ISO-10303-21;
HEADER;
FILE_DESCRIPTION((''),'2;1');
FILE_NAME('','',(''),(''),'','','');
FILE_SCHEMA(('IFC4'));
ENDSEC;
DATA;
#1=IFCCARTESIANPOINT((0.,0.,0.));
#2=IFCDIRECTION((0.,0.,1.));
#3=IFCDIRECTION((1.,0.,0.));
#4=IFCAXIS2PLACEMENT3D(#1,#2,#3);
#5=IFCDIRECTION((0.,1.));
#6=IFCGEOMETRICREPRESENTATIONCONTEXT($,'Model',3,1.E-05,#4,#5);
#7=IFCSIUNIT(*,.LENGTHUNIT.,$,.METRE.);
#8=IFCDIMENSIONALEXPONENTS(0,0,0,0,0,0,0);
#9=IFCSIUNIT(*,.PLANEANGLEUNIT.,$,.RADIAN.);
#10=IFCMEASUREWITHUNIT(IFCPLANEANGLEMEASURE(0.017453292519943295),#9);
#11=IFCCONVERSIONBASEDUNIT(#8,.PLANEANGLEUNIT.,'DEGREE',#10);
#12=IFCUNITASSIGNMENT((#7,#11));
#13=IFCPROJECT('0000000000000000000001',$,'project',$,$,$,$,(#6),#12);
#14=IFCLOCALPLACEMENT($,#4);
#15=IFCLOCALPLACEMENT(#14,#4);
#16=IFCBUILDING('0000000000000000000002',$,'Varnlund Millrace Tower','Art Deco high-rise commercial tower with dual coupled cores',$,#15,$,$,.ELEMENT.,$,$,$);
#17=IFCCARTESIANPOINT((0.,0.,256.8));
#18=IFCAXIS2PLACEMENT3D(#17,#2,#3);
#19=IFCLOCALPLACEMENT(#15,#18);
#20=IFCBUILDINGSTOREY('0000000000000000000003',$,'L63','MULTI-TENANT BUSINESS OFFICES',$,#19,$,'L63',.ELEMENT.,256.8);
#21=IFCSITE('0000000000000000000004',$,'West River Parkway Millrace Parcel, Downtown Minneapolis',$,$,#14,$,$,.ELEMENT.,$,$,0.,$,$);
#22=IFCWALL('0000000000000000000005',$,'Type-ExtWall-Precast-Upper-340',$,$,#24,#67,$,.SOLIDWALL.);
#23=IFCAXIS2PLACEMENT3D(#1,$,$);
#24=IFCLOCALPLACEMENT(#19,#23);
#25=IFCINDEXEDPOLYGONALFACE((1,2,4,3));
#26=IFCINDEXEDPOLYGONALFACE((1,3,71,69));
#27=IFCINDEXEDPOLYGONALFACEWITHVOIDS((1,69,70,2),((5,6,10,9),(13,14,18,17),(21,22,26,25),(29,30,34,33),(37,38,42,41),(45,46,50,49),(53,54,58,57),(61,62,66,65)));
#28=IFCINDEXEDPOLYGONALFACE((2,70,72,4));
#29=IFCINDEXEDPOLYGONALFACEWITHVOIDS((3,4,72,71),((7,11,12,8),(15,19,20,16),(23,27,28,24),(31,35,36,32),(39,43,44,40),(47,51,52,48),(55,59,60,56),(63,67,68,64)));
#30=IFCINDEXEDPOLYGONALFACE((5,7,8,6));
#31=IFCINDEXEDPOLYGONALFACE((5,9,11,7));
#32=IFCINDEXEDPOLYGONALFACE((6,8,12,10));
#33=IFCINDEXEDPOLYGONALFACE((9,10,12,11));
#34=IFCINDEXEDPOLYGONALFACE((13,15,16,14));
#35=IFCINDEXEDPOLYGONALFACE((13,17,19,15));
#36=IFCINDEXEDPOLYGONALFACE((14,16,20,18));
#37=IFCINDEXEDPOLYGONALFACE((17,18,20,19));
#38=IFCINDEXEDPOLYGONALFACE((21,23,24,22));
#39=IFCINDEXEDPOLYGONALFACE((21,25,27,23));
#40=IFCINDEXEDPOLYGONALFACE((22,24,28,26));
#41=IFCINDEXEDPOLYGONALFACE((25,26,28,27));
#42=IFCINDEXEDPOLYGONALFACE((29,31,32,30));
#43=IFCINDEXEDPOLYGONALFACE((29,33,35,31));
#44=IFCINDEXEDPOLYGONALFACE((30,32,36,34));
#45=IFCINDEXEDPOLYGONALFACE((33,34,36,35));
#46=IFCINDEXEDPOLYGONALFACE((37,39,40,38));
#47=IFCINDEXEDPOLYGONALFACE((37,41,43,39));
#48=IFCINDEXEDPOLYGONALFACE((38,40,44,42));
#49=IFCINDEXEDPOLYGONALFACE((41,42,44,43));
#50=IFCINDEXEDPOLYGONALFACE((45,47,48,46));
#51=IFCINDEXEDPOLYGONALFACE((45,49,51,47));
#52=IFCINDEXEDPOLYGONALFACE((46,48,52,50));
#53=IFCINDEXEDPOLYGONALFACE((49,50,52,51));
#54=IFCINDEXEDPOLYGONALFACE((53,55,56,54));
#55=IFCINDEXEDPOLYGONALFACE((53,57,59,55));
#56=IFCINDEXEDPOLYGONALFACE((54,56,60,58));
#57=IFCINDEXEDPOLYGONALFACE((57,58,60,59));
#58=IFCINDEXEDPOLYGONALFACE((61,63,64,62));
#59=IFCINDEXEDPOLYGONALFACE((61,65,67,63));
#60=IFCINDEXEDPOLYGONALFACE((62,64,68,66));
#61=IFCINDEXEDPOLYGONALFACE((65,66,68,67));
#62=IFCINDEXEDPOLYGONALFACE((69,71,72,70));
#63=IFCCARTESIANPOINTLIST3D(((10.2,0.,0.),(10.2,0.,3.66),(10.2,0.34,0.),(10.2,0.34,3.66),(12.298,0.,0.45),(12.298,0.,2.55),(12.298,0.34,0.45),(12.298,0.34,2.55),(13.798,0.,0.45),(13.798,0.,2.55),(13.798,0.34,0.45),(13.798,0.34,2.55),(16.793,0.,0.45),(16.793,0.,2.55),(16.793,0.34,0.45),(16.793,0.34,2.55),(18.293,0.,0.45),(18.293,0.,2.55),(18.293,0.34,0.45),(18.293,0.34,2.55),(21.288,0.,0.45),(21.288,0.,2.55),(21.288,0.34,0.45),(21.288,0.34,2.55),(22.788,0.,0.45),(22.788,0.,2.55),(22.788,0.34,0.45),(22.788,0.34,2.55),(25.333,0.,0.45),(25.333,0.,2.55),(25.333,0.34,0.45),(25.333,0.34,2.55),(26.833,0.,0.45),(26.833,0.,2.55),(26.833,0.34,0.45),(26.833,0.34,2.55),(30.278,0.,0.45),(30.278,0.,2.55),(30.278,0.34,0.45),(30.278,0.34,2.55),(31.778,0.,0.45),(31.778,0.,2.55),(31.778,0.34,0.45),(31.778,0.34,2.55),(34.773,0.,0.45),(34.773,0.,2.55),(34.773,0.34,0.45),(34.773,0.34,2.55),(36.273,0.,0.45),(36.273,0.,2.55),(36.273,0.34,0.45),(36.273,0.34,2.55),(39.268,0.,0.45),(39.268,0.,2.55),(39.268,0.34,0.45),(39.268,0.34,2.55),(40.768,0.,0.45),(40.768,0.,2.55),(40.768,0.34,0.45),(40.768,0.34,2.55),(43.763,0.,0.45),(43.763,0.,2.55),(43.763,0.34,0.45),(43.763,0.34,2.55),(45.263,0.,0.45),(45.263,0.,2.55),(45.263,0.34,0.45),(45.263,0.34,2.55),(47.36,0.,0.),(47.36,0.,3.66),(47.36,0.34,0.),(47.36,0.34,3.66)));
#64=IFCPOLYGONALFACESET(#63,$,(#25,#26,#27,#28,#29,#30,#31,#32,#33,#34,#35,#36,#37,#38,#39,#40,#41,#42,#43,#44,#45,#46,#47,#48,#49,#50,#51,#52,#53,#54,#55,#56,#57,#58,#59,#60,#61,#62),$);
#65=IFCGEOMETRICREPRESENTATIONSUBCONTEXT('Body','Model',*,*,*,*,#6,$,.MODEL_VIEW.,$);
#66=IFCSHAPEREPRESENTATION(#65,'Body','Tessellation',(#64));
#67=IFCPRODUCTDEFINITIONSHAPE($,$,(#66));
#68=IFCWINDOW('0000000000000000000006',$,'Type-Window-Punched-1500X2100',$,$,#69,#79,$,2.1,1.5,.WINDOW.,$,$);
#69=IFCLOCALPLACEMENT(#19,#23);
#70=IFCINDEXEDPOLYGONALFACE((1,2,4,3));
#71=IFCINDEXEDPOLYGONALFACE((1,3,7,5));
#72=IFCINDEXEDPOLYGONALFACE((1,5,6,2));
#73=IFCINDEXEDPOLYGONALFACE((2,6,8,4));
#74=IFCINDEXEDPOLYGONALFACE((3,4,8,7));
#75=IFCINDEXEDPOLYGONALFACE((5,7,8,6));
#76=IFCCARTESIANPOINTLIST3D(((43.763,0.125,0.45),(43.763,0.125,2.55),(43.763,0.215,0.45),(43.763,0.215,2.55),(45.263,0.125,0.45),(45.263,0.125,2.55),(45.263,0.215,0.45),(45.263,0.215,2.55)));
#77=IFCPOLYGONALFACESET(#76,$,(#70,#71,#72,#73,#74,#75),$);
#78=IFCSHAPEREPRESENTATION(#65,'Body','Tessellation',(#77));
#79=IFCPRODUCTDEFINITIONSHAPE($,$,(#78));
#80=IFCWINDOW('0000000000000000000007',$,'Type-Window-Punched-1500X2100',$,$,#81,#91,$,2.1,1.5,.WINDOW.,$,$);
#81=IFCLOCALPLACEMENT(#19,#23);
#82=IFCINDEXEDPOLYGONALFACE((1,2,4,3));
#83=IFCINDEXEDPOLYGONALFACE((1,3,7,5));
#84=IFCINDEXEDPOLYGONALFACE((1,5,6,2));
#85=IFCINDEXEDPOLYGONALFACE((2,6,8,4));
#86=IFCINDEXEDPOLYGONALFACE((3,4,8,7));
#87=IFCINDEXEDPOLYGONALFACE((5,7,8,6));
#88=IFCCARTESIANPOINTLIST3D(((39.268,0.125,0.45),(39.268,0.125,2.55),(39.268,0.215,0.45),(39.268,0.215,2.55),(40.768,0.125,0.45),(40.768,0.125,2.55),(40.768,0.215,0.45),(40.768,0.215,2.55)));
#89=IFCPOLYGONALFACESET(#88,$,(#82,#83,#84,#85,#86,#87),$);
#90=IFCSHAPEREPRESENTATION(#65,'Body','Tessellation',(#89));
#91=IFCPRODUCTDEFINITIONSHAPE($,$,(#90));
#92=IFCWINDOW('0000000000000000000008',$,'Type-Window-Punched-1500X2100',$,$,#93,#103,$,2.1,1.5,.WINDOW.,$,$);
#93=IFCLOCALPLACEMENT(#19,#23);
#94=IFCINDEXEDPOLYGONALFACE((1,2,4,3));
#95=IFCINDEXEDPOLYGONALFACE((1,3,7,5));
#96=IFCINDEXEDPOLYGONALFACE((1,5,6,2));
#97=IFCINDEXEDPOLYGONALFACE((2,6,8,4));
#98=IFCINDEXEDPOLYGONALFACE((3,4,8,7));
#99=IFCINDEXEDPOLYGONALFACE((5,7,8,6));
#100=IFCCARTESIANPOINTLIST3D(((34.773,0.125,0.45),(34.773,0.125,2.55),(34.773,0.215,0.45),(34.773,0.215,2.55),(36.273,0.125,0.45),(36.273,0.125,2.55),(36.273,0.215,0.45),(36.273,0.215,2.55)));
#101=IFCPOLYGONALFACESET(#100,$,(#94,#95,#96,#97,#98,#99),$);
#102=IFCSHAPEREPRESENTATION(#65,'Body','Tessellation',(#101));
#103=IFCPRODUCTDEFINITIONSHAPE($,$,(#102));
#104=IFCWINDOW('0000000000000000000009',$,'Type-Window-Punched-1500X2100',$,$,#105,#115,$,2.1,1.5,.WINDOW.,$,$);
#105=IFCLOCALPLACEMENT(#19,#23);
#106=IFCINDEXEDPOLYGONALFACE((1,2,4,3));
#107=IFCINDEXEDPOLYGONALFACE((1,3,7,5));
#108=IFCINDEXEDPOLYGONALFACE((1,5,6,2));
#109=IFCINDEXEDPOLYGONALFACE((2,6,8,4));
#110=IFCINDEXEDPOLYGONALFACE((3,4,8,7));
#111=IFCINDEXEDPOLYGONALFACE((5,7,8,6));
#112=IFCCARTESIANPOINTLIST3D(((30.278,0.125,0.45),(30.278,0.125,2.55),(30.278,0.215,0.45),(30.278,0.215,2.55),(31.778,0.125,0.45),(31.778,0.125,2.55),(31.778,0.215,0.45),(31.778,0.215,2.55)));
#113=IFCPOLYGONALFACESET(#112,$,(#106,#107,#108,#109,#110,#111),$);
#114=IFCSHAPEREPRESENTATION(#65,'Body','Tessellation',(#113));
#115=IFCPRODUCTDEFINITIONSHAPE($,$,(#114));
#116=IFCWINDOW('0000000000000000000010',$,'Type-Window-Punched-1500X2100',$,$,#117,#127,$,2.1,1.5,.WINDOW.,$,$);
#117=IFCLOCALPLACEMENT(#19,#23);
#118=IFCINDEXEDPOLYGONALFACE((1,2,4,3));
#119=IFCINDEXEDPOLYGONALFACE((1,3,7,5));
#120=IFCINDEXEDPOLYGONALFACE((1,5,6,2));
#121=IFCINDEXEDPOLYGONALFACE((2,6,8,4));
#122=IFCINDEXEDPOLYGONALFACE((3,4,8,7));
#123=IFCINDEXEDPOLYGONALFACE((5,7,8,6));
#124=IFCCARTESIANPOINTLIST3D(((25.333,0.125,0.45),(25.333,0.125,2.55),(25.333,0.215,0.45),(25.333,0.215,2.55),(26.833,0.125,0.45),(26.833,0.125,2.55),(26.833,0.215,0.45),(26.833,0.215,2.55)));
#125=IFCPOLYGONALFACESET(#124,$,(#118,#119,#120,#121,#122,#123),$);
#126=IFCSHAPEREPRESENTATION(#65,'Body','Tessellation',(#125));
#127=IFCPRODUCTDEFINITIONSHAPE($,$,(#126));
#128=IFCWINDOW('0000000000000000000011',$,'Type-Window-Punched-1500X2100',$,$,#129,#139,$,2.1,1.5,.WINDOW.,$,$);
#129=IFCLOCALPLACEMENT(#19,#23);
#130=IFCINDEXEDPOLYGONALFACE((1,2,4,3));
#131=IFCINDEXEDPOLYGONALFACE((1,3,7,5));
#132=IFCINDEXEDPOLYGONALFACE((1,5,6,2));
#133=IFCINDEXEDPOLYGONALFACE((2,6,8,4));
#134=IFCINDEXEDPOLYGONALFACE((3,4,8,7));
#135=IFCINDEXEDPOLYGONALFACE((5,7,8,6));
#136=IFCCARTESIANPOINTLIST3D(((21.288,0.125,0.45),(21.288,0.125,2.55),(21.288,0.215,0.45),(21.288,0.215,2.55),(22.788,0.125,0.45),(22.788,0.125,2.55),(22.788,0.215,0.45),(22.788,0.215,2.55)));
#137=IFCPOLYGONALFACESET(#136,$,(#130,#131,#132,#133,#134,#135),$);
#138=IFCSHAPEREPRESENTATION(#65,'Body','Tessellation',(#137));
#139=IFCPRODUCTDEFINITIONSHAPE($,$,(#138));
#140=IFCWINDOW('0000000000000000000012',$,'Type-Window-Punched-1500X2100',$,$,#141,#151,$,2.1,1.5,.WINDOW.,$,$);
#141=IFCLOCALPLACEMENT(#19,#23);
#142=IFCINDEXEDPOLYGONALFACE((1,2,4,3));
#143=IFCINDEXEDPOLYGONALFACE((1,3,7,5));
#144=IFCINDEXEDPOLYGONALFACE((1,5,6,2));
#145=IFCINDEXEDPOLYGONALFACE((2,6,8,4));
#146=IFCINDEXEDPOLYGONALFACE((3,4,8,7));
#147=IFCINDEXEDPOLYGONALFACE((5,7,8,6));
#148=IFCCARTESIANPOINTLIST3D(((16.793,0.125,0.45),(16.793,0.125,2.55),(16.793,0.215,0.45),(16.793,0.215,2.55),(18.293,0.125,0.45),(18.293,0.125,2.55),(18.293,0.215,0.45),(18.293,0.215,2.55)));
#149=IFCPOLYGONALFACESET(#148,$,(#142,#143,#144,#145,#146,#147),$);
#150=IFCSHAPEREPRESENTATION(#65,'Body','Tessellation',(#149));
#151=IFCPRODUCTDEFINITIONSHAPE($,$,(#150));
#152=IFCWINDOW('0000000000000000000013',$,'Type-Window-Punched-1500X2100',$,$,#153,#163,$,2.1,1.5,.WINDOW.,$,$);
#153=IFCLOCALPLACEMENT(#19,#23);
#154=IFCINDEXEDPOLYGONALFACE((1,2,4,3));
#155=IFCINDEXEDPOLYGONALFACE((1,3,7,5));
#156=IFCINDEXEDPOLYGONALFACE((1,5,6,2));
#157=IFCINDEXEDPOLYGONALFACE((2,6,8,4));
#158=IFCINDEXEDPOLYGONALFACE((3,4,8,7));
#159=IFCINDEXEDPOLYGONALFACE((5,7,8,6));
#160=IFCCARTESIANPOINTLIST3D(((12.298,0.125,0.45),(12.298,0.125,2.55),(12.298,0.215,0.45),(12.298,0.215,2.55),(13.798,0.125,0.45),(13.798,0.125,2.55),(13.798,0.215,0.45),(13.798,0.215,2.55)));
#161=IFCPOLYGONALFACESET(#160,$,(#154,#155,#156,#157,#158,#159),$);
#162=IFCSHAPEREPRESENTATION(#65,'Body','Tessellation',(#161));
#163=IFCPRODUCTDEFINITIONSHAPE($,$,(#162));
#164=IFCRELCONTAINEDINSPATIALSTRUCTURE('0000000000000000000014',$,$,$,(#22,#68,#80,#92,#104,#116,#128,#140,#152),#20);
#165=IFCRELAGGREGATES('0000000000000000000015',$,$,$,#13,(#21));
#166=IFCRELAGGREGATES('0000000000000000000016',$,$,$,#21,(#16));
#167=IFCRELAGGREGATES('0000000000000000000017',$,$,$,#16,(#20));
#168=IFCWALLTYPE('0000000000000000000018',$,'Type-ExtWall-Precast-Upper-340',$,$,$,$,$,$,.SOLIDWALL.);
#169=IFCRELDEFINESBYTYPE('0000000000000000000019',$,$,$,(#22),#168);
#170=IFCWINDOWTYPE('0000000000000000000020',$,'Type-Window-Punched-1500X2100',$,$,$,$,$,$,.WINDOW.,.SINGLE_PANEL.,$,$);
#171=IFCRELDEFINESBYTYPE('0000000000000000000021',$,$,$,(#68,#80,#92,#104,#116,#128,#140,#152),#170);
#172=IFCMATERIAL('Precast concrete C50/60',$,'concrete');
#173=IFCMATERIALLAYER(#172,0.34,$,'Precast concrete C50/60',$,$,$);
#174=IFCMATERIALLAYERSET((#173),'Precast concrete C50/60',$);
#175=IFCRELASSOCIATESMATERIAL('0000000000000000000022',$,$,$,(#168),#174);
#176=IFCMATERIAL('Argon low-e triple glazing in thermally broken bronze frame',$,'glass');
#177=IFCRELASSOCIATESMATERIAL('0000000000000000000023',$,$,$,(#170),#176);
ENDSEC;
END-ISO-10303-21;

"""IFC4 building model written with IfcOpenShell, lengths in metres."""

from ifc_helpers import new_model, entity, si_unit, converted_unit, direction, frame, origin_with_axes, origin_2d_with_axis, place, context, subcontext, project, spatial, polyline, rectangle, outline, extrude, material, layer, layer_set, type_object, element, fill, save


model = new_model("IFC4")

# Units and contexts
model_context = context("Model", 3, precision=1e-05, world=origin_with_axes(), true_north=direction((0.0, 1.0)))
body_context = subcontext(model_context, "Body", "Model", "MODEL_VIEW")
ifc_project = project(units=[si_unit("LENGTHUNIT", "METRE"), converted_unit("PLANEANGLEUNIT", "DEGREE", entity("IfcPlaneAngleMeasure", 0.017453292519943295), si_unit("PLANEANGLEUNIT", "RADIAN"), dimensions=[0, 0, 0, 0, 0, 0, 0])], contexts=[model_context])

# Site, building, storey
site_placement = place(None, origin_with_axes())
site = spatial("IfcSite", under=ifc_project, at=site_placement, Name="West River Parkway Millrace Parcel, Downtown Minneapolis", CompositionType="ELEMENT", RefElevation=0.0)
building_placement = place(site_placement, origin_with_axes())
building = spatial("IfcBuilding", under=site, at=building_placement, Name="Varnlund Millrace Tower", Description="Art Deco high-rise commercial tower with dual coupled cores", CompositionType="ELEMENT")
storey_placement = place(building_placement, frame((0.0, 0.0, 256.8), z_axis=(0.0, 0.0, 1.0), x_axis=(1.0, 0.0, 0.0)))
storey = spatial("IfcBuildingStorey", under=building, at=storey_placement, Name="L63", Description="MULTI-TENANT BUSINESS OFFICES", LongName="L63", CompositionType="ELEMENT", Elevation=256.8)

# Shared definitions
ifc_material_1 = material(Name="Precast concrete C50/60", Category="concrete")
ifc_layer_1 = layer(ifc_material_1, 0.34, Name="Precast concrete C50/60")
ifc_layer_set_1 = layer_set([ifc_layer_1], Name="Precast concrete C50/60")
wall_type_1 = type_object("IfcWallType", Name="Type-ExtWall-Precast-Upper-340", PredefinedType="SOLIDWALL", material=ifc_layer_set_1)

# Wall, openings, windows
wall_1_placement = place(storey_placement, frame((47.36, 0.17, 0.0), z_axis=(0.0, 0.0, 1.0), x_axis=(-1.0, 0.0, 0.0)))
wall_1 = element("IfcWall", 1, at=wall_1_placement, inside=storey, type_object=wall_type_1, Name="Type-ExtWall-Precast-Upper-340", PredefinedType="SOLIDWALL", context=body_context, shape_type="SweptSolid", body=[
    extrude(outline(polyline([(0.0, -0.17), (37.16, -0.17), (37.16, 0.17), (0.0, 0.17), (0.0, -0.17)])), origin_with_axes(), (0.0, 0.0, 1.0), 3.66),
])
opening_1_placement = place(wall_1_placement, frame((2.847, 0.0, 0.45), z_axis=(0.0, 0.0, 1.0), x_axis=(1.0, 0.0, 0.0)))
opening_1 = element("IfcOpeningElement", 2, at=opening_1_placement, cuts=wall_1, PredefinedType="OPENING", context=body_context, shape_type="SweptSolid", body=[
    extrude(rectangle(XDim=1.5, YDim=0.36, at=origin_2d_with_axis()), origin_with_axes(), (0.0, 0.0, 1.0), 2.1),
])
opening_2_placement = place(wall_1_placement, frame((7.342, 0.0, 0.45), z_axis=(0.0, 0.0, 1.0), x_axis=(1.0, 0.0, 0.0)))
opening_2 = element("IfcOpeningElement", 3, at=opening_2_placement, cuts=wall_1, PredefinedType="OPENING", context=body_context, shape_type="SweptSolid", body=[
    extrude(rectangle(XDim=1.5, YDim=0.36, at=origin_2d_with_axis()), origin_with_axes(), (0.0, 0.0, 1.0), 2.1),
])
opening_3_placement = place(wall_1_placement, frame((11.837, 0.0, 0.45), z_axis=(0.0, 0.0, 1.0), x_axis=(1.0, 0.0, 0.0)))
opening_3 = element("IfcOpeningElement", 4, at=opening_3_placement, cuts=wall_1, PredefinedType="OPENING", context=body_context, shape_type="SweptSolid", body=[
    extrude(rectangle(XDim=1.5, YDim=0.36, at=origin_2d_with_axis()), origin_with_axes(), (0.0, 0.0, 1.0), 2.1),
])
opening_4_placement = place(wall_1_placement, frame((16.332, 0.0, 0.45), z_axis=(0.0, 0.0, 1.0), x_axis=(1.0, 0.0, 0.0)))
opening_4 = element("IfcOpeningElement", 5, at=opening_4_placement, cuts=wall_1, PredefinedType="OPENING", context=body_context, shape_type="SweptSolid", body=[
    extrude(rectangle(XDim=1.5, YDim=0.36, at=origin_2d_with_axis()), origin_with_axes(), (0.0, 0.0, 1.0), 2.1),
])
opening_5_placement = place(wall_1_placement, frame((21.277, 0.0, 0.45), z_axis=(0.0, 0.0, 1.0), x_axis=(1.0, 0.0, 0.0)))
opening_5 = element("IfcOpeningElement", 6, at=opening_5_placement, cuts=wall_1, PredefinedType="OPENING", context=body_context, shape_type="SweptSolid", body=[
    extrude(rectangle(XDim=1.5, YDim=0.36, at=origin_2d_with_axis()), origin_with_axes(), (0.0, 0.0, 1.0), 2.1),
])
opening_6_placement = place(wall_1_placement, frame((25.322, 0.0, 0.45), z_axis=(0.0, 0.0, 1.0), x_axis=(1.0, 0.0, 0.0)))
opening_6 = element("IfcOpeningElement", 7, at=opening_6_placement, cuts=wall_1, PredefinedType="OPENING", context=body_context, shape_type="SweptSolid", body=[
    extrude(rectangle(XDim=1.5, YDim=0.36, at=origin_2d_with_axis()), origin_with_axes(), (0.0, 0.0, 1.0), 2.1),
])
opening_7_placement = place(wall_1_placement, frame((29.817, 0.0, 0.45), z_axis=(0.0, 0.0, 1.0), x_axis=(1.0, 0.0, 0.0)))
opening_7 = element("IfcOpeningElement", 8, at=opening_7_placement, cuts=wall_1, PredefinedType="OPENING", context=body_context, shape_type="SweptSolid", body=[
    extrude(rectangle(XDim=1.5, YDim=0.36, at=origin_2d_with_axis()), origin_with_axes(), (0.0, 0.0, 1.0), 2.1),
])
opening_8_placement = place(wall_1_placement, frame((34.312, 0.0, 0.45), z_axis=(0.0, 0.0, 1.0), x_axis=(1.0, 0.0, 0.0)))
opening_8 = element("IfcOpeningElement", 9, at=opening_8_placement, cuts=wall_1, PredefinedType="OPENING", context=body_context, shape_type="SweptSolid", body=[
    extrude(rectangle(XDim=1.5, YDim=0.36, at=origin_2d_with_axis()), origin_with_axes(), (0.0, 0.0, 1.0), 2.1),
])
ifc_material_2 = material(Name="Argon low-e triple glazing in thermally broken bronze frame", Category="glass")
window_type = type_object("IfcWindowType", Name="Type-Window-Punched-1500X2100", PartitioningType="SINGLE_PANEL", PredefinedType="WINDOW", material=ifc_material_2)
window_1_placement = place(wall_1_placement, frame((2.847, 0.0, 0.45), z_axis=(0.0, 0.0, 1.0), x_axis=(1.0, 0.0, 0.0)))
window_1 = element("IfcWindow", 10, at=window_1_placement, inside=storey, type_object=window_type, Name="Type-Window-Punched-1500X2100", OverallHeight=2.1, OverallWidth=1.5, PredefinedType="WINDOW", context=body_context, shape_type="SweptSolid", body=[
    extrude(rectangle(XDim=1.5, YDim=0.09, at=origin_2d_with_axis()), origin_with_axes(), (0.0, 0.0, 1.0), 2.1),
])
fill(opening_1, window_1)
window_2_placement = place(wall_1_placement, frame((7.342, 0.0, 0.45), z_axis=(0.0, 0.0, 1.0), x_axis=(1.0, 0.0, 0.0)))
window_2 = element("IfcWindow", 11, at=window_2_placement, inside=storey, type_object=window_type, Name="Type-Window-Punched-1500X2100", OverallHeight=2.1, OverallWidth=1.5, PredefinedType="WINDOW", context=body_context, shape_type="SweptSolid", body=[
    extrude(rectangle(XDim=1.5, YDim=0.09, at=origin_2d_with_axis()), origin_with_axes(), (0.0, 0.0, 1.0), 2.1),
])
fill(opening_2, window_2)
window_3_placement = place(wall_1_placement, frame((11.837, 0.0, 0.45), z_axis=(0.0, 0.0, 1.0), x_axis=(1.0, 0.0, 0.0)))
window_3 = element("IfcWindow", 12, at=window_3_placement, inside=storey, type_object=window_type, Name="Type-Window-Punched-1500X2100", OverallHeight=2.1, OverallWidth=1.5, PredefinedType="WINDOW", context=body_context, shape_type="SweptSolid", body=[
    extrude(rectangle(XDim=1.5, YDim=0.09, at=origin_2d_with_axis()), origin_with_axes(), (0.0, 0.0, 1.0), 2.1),
])
fill(opening_3, window_3)
window_4_placement = place(wall_1_placement, frame((16.332, 0.0, 0.45), z_axis=(0.0, 0.0, 1.0), x_axis=(1.0, 0.0, 0.0)))
window_4 = element("IfcWindow", 13, at=window_4_placement, inside=storey, type_object=window_type, Name="Type-Window-Punched-1500X2100", OverallHeight=2.1, OverallWidth=1.5, PredefinedType="WINDOW", context=body_context, shape_type="SweptSolid", body=[
    extrude(rectangle(XDim=1.5, YDim=0.09, at=origin_2d_with_axis()), origin_with_axes(), (0.0, 0.0, 1.0), 2.1),
])
fill(opening_4, window_4)
window_5_placement = place(wall_1_placement, frame((21.277, 0.0, 0.45), z_axis=(0.0, 0.0, 1.0), x_axis=(1.0, 0.0, 0.0)))
window_5 = element("IfcWindow", 14, at=window_5_placement, inside=storey, type_object=window_type, Name="Type-Window-Punched-1500X2100", OverallHeight=2.1, OverallWidth=1.5, PredefinedType="WINDOW", context=body_context, shape_type="SweptSolid", body=[
    extrude(rectangle(XDim=1.5, YDim=0.09, at=origin_2d_with_axis()), origin_with_axes(), (0.0, 0.0, 1.0), 2.1),
])
fill(opening_5, window_5)
window_6_placement = place(wall_1_placement, frame((25.322, 0.0, 0.45), z_axis=(0.0, 0.0, 1.0), x_axis=(1.0, 0.0, 0.0)))
window_6 = element("IfcWindow", 15, at=window_6_placement, inside=storey, type_object=window_type, Name="Type-Window-Punched-1500X2100", OverallHeight=2.1, OverallWidth=1.5, PredefinedType="WINDOW", context=body_context, shape_type="SweptSolid", body=[
    extrude(rectangle(XDim=1.5, YDim=0.09, at=origin_2d_with_axis()), origin_with_axes(), (0.0, 0.0, 1.0), 2.1),
])
fill(opening_6, window_6)
window_7_placement = place(wall_1_placement, frame((29.817, 0.0, 0.45), z_axis=(0.0, 0.0, 1.0), x_axis=(1.0, 0.0, 0.0)))
window_7 = element("IfcWindow", 16, at=window_7_placement, inside=storey, type_object=window_type, Name="Type-Window-Punched-1500X2100", OverallHeight=2.1, OverallWidth=1.5, PredefinedType="WINDOW", context=body_context, shape_type="SweptSolid", body=[
    extrude(rectangle(XDim=1.5, YDim=0.09, at=origin_2d_with_axis()), origin_with_axes(), (0.0, 0.0, 1.0), 2.1),
])
fill(opening_7, window_7)
window_8_placement = place(wall_1_placement, frame((34.312, 0.0, 0.45), z_axis=(0.0, 0.0, 1.0), x_axis=(1.0, 0.0, 0.0)))
window_8 = element("IfcWindow", 17, at=window_8_placement, inside=storey, type_object=window_type, Name="Type-Window-Punched-1500X2100", OverallHeight=2.1, OverallWidth=1.5, PredefinedType="WINDOW", context=body_context, shape_type="SweptSolid", body=[
    extrude(rectangle(XDim=1.5, YDim=0.09, at=origin_2d_with_axis()), origin_with_axes(), (0.0, 0.0, 1.0), 2.1),
])
fill(opening_8, window_8)

save(model, "model.ifc")
